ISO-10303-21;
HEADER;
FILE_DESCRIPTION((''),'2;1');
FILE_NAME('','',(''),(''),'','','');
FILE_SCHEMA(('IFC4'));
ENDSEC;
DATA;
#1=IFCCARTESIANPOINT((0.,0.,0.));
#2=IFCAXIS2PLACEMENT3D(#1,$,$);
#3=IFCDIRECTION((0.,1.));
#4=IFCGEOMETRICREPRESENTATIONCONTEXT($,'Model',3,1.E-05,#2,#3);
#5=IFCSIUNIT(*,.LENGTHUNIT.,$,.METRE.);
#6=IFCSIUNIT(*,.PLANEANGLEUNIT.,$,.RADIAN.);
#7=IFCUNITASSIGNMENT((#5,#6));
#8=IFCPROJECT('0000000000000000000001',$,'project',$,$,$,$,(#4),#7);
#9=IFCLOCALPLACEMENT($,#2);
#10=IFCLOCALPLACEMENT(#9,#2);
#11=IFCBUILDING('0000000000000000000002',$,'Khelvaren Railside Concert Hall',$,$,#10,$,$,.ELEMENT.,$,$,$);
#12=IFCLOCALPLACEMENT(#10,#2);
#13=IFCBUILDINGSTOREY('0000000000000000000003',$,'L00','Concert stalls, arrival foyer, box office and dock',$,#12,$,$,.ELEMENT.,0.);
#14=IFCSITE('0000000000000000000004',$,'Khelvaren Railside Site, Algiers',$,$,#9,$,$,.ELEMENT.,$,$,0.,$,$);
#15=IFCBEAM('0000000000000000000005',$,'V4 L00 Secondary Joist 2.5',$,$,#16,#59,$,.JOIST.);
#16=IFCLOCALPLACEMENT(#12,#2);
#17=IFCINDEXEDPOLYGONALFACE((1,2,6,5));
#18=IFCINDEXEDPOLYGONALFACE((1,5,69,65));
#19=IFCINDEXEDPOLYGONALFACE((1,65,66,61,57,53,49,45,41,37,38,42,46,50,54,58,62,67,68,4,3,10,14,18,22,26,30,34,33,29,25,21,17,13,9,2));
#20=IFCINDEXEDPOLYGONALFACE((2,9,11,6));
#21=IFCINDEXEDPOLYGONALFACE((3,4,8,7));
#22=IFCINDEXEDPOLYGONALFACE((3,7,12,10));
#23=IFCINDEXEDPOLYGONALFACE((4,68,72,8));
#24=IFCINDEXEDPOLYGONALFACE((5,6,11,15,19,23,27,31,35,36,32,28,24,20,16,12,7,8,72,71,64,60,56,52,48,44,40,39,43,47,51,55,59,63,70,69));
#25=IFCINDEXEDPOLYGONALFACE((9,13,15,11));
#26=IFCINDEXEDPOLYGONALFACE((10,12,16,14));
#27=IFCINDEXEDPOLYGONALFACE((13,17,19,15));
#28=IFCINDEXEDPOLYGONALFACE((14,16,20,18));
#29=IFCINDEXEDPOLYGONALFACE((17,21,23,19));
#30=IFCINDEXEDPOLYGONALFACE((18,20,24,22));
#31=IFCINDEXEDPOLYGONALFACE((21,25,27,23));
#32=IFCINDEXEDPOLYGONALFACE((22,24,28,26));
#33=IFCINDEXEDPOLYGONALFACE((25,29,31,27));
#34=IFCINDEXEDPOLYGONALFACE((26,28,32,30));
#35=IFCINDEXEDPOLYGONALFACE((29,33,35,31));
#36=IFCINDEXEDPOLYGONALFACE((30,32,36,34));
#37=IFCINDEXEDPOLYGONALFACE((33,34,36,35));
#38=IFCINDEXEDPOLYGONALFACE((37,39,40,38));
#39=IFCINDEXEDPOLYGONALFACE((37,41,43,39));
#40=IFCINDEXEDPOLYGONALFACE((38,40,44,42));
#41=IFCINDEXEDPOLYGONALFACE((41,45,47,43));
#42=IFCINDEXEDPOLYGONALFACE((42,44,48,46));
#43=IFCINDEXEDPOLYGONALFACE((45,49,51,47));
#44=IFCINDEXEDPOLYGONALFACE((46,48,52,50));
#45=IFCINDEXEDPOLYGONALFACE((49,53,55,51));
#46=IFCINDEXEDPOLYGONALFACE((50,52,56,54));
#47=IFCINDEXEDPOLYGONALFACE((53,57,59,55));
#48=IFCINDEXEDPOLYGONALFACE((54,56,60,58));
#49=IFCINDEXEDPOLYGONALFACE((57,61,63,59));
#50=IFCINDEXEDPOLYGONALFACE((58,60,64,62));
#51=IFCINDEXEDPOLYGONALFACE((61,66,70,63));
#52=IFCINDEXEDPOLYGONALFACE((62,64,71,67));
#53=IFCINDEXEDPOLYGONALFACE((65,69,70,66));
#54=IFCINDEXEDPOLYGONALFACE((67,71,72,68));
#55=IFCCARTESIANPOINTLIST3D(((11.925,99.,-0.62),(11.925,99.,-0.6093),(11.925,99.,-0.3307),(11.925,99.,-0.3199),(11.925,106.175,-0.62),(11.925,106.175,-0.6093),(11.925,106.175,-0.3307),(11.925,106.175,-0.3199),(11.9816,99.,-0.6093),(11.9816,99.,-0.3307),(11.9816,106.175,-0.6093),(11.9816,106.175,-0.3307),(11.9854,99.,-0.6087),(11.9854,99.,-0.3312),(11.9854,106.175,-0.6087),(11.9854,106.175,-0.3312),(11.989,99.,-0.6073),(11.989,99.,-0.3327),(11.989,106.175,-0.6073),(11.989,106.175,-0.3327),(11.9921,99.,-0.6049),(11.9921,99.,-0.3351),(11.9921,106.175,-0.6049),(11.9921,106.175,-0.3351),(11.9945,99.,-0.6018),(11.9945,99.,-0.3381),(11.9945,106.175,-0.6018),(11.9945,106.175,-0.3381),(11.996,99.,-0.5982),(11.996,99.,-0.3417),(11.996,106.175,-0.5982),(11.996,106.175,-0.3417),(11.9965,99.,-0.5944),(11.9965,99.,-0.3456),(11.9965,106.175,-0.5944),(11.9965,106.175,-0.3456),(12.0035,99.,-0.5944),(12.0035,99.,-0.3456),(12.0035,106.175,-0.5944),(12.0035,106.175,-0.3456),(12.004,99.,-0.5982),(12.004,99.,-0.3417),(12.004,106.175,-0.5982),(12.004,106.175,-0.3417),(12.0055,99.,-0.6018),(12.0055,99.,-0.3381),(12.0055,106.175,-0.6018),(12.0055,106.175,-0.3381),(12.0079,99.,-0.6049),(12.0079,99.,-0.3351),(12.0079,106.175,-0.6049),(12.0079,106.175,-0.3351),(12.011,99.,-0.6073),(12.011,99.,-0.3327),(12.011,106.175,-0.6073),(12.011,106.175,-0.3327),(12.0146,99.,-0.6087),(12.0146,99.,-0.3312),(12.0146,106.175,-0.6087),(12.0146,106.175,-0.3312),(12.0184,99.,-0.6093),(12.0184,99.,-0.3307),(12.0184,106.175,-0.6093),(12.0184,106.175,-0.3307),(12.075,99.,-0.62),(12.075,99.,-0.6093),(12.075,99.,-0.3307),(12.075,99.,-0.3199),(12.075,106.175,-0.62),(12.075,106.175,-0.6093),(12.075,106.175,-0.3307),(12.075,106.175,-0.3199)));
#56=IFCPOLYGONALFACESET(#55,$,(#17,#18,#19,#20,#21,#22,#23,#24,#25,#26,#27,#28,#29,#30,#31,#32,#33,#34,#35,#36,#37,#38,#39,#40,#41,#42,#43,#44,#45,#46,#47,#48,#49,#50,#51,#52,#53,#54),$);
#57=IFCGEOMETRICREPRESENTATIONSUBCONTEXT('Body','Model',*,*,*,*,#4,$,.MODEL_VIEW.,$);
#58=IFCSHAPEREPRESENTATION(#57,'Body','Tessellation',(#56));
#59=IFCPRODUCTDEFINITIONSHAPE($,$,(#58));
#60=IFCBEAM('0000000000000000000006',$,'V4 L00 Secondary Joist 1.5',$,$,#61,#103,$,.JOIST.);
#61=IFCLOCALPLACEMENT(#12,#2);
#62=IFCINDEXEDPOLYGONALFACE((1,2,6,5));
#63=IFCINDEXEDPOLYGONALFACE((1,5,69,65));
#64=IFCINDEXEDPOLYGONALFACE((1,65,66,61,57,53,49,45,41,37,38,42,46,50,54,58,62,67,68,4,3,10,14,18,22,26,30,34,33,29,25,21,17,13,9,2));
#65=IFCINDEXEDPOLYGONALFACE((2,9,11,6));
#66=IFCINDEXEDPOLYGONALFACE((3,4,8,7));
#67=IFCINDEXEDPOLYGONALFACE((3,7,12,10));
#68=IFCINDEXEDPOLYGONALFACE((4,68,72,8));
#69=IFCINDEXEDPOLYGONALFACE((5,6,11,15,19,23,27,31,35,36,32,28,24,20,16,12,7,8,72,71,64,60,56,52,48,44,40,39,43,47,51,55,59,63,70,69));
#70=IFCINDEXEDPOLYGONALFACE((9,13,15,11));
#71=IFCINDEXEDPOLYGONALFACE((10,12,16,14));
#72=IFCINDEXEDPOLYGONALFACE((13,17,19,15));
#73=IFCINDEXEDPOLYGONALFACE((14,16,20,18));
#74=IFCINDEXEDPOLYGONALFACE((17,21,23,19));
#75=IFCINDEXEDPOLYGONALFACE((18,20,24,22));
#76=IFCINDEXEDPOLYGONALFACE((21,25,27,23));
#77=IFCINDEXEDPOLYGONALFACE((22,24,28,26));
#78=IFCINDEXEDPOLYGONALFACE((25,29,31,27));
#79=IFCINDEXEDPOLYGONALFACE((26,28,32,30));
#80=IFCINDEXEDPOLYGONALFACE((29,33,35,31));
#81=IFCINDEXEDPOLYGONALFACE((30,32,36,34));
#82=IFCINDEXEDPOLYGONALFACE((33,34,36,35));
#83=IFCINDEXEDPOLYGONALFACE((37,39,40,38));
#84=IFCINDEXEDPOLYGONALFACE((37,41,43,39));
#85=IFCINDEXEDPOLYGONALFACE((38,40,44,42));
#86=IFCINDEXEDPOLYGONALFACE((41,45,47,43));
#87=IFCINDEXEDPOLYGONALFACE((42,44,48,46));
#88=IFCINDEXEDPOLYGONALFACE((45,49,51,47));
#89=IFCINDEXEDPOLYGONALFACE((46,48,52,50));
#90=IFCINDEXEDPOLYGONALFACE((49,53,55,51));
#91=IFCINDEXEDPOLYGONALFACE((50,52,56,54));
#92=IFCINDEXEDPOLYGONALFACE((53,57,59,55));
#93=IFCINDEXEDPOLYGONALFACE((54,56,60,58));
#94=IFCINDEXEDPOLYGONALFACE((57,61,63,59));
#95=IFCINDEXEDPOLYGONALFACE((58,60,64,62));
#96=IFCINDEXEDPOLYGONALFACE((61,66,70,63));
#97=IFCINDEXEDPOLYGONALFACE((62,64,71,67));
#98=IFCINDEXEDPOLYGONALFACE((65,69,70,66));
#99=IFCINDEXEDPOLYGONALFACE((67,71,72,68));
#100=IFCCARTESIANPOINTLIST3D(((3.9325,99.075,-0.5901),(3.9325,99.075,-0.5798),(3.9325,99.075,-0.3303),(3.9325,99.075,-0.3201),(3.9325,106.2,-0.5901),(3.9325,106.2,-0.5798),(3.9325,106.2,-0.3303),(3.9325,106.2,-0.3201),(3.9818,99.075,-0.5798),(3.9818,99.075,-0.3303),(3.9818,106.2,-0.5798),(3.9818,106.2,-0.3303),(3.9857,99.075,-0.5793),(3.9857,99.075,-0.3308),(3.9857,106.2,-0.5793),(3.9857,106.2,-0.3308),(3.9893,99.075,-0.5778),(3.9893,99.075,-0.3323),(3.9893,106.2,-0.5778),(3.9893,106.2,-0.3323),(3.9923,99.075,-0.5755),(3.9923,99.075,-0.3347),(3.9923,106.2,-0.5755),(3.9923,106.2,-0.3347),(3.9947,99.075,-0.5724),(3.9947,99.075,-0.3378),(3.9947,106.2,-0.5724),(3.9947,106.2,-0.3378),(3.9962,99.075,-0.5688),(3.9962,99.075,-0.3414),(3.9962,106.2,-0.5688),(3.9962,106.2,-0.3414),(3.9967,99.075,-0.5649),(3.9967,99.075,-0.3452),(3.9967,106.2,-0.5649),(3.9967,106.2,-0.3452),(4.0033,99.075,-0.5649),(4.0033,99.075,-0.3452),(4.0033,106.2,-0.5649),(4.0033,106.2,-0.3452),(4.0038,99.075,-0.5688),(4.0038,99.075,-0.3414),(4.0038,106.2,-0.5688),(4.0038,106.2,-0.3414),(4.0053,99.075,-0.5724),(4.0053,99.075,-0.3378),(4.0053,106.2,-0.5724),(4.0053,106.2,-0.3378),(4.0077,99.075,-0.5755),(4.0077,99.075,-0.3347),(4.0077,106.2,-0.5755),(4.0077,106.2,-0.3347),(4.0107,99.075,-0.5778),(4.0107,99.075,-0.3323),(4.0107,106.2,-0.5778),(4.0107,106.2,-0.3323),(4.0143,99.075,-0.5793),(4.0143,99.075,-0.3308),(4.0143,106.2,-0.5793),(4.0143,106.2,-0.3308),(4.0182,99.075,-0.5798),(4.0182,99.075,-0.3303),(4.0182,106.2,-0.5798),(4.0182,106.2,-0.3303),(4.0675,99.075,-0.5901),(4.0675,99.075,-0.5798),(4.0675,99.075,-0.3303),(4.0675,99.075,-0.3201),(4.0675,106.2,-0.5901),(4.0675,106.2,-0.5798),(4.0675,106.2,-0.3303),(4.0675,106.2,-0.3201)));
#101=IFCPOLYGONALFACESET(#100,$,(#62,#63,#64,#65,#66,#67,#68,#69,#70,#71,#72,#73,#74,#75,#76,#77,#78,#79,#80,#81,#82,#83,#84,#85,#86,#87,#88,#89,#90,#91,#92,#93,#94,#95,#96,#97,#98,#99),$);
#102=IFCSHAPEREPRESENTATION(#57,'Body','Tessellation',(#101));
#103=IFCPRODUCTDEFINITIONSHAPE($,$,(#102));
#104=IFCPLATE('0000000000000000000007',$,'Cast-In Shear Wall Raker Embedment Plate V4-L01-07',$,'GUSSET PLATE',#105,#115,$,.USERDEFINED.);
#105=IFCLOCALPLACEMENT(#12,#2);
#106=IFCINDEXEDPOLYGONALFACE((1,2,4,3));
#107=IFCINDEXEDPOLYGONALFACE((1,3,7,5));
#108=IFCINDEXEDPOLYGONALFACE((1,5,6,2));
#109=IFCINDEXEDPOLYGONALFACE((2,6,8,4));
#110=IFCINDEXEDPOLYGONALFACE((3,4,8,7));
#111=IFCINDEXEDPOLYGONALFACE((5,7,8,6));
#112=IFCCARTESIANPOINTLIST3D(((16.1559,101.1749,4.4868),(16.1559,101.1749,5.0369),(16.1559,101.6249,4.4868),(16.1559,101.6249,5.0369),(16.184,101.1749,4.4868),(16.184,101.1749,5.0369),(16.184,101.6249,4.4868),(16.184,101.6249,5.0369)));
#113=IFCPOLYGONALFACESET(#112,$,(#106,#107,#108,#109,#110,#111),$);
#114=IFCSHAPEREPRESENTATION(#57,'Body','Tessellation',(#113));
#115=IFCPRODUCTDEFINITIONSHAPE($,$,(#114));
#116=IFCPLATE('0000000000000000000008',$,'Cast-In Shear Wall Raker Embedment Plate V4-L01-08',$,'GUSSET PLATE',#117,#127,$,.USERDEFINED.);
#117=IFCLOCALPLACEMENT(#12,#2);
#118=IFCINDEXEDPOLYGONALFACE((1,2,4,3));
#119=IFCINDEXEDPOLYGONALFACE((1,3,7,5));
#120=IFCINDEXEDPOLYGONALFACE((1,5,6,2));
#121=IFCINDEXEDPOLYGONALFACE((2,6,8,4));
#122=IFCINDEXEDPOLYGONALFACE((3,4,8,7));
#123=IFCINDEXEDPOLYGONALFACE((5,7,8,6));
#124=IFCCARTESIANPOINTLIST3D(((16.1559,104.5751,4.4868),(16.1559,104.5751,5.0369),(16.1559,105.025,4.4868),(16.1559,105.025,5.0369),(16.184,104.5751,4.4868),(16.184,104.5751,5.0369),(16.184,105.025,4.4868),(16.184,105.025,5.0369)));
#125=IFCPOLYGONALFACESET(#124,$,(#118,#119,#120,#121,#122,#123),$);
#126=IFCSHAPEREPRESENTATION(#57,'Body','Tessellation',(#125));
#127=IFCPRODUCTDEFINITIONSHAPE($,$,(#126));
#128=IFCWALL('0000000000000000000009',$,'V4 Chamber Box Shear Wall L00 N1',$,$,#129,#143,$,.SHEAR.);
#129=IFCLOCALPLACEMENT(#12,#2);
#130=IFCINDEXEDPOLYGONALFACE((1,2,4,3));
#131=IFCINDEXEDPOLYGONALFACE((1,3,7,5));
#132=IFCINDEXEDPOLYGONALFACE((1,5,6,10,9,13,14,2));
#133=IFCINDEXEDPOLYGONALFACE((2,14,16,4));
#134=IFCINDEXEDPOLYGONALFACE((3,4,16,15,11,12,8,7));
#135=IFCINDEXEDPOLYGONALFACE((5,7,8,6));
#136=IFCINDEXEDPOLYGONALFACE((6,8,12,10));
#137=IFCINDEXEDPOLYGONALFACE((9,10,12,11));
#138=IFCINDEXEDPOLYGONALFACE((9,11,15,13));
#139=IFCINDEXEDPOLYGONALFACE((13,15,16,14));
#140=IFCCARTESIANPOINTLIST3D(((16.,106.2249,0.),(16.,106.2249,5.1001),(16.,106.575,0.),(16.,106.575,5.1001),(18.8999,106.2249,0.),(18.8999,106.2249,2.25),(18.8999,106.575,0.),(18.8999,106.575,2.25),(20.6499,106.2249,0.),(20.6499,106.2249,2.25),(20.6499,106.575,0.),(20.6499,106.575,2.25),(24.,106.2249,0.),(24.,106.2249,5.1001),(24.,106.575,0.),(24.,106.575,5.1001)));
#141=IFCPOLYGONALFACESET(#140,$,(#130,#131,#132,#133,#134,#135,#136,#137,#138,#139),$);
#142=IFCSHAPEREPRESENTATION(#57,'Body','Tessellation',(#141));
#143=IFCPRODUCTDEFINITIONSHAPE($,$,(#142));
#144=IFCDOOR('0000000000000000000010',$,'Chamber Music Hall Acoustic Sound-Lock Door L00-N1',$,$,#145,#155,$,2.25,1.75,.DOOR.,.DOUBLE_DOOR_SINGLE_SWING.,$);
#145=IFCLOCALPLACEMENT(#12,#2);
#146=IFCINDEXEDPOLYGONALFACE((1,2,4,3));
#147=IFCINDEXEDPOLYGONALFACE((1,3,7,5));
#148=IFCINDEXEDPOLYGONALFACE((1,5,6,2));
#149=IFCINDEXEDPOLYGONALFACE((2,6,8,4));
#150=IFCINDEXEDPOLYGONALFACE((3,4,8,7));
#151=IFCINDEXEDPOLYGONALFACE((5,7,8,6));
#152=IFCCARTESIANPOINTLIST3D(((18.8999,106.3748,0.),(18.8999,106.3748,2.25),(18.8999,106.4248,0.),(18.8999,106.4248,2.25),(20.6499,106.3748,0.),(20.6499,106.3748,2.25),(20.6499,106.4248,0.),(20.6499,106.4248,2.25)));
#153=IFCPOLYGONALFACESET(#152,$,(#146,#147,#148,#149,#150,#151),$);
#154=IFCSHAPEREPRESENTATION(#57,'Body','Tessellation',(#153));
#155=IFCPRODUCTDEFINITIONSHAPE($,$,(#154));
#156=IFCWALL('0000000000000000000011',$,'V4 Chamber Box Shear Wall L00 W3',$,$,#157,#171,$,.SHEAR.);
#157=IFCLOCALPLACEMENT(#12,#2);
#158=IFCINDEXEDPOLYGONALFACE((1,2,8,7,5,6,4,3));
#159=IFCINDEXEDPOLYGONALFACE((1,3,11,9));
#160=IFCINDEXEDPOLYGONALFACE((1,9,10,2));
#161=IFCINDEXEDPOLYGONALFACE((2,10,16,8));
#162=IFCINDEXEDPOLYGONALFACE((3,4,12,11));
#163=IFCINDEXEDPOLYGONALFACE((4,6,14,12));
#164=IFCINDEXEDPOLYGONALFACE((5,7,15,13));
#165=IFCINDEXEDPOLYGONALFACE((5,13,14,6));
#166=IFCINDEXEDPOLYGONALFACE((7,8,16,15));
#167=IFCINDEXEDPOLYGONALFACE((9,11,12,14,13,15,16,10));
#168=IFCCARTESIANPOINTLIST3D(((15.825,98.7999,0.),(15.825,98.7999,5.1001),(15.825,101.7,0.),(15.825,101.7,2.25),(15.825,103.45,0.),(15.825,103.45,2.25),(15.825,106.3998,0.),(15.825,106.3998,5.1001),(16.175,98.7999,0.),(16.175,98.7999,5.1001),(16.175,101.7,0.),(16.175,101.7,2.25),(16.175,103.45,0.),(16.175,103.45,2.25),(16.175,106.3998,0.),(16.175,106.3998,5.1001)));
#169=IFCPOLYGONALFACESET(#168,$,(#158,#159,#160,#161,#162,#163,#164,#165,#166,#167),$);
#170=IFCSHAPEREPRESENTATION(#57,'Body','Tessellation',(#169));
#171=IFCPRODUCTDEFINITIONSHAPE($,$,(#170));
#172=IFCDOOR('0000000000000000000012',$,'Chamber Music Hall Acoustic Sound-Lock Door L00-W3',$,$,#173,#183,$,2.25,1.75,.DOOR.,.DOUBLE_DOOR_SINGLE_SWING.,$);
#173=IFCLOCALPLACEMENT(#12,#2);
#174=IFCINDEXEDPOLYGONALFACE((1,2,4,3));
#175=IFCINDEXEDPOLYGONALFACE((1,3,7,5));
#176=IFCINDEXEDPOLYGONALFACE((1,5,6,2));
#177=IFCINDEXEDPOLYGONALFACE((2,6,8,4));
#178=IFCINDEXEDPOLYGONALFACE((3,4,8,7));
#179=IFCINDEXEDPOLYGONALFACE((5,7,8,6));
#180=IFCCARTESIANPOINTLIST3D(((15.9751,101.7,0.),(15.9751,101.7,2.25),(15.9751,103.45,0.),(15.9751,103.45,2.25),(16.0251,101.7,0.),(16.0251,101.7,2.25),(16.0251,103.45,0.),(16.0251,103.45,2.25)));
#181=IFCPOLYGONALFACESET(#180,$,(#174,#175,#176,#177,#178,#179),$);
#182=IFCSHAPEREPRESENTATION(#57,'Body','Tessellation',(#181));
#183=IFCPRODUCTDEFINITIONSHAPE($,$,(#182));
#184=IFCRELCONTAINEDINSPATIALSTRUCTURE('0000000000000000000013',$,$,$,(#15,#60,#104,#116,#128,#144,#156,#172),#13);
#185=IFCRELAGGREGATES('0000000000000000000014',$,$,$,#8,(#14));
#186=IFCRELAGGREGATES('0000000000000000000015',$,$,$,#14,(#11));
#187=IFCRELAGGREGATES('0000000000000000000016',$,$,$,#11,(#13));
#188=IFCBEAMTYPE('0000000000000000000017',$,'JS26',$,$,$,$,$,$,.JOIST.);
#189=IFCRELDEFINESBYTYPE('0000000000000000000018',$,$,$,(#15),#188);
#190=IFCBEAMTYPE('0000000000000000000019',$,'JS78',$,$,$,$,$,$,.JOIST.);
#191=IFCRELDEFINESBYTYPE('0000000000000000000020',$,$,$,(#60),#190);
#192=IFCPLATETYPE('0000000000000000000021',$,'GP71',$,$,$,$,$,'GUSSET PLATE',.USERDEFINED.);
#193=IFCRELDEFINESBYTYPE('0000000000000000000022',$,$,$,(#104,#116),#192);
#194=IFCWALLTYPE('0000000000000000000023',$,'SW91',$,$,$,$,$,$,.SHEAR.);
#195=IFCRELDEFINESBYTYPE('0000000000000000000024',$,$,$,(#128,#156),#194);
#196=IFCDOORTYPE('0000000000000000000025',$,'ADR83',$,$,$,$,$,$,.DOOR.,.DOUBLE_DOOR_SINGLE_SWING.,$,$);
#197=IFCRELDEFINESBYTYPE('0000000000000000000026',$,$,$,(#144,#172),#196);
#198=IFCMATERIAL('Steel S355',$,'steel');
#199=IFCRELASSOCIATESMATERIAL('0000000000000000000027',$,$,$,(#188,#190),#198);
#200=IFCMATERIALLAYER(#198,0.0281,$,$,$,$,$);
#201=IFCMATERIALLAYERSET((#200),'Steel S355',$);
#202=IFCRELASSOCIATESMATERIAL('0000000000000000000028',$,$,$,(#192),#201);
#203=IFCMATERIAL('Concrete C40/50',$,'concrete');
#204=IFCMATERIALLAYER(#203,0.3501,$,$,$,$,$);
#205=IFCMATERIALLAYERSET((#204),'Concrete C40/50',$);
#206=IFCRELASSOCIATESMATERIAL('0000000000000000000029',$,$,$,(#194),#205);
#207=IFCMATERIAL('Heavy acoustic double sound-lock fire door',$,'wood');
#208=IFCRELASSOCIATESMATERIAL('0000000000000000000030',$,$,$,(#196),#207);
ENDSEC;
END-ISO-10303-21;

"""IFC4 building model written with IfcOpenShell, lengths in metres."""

from ifc_helpers import new_model, si_unit, direction, frame, frame_2d, origin, origin_2d, place, context, subcontext, project, spatial, rectangle, i_section, extrude, material, layer, layer_set, material_profile, profile_set, type_object, element, fill, save


model = new_model("IFC4")

# Units and contexts
model_context = context("Model", 3, precision=1e-05, world=origin(), true_north=direction((0.0, 1.0)))
body_context = subcontext(model_context, "Body", "Model", "MODEL_VIEW")
ifc_project = project(units=[si_unit("LENGTHUNIT", "METRE"), si_unit("PLANEANGLEUNIT", "RADIAN")], contexts=[model_context])

# Site, building, storey
site_placement = place(None, origin())
site = spatial("IfcSite", under=ifc_project, at=site_placement, Name="Khelvaren Railside Site, Algiers", CompositionType="ELEMENT", RefElevation=0.0)
building_placement = place(site_placement, origin())
building = spatial("IfcBuilding", under=site, at=building_placement, Name="Khelvaren Railside Concert Hall", CompositionType="ELEMENT")
storey_placement = place(building_placement, origin())
storey = spatial("IfcBuildingStorey", under=building, at=storey_placement, Name="L00", Description="Concert stalls, arrival foyer, box office and dock", CompositionType="ELEMENT", Elevation=0.0)

# Shared definitions
ifc_material_1 = material(Name="Steel S355", Category="steel")
ifc_material_2 = material(Name="Concrete C40/50", Category="concrete")

# Beams
ifc_material_profile_1 = material_profile(ifc_material_1, i_section(OverallWidth=0.1499, OverallDepth=0.3, WebThickness=0.0071, FlangeThickness=0.0107, FilletRadius=0.0149, at=origin_2d()), Name="IPE 300")
ifc_profile_set_1 = profile_set([ifc_material_profile_1], Name="Steel S355")
beam_type_1 = type_object("IfcBeamType", Name="JS26", PredefinedType="JOIST", material=ifc_profile_set_1)
beam_1_placement = place(storey_placement, frame((12.0, 99.0, -0.47), z_axis=(0.0, 1.0, 0.0), x_axis=(-1.0, 0.0, 0.0)))
element("IfcBeam", 1, at=beam_1_placement, inside=storey, type_object=beam_type_1, Name="V4 L00 Secondary Joist 2.5", PredefinedType="JOIST", context=body_context, shape_type="SweptSolid", body=[
    extrude(i_section(OverallWidth=0.1499, OverallDepth=0.3, WebThickness=0.0071, FlangeThickness=0.0107, FilletRadius=0.0149, at=origin_2d()), origin(), (0.0, 0.0, 1.0), 7.175),
])
ifc_material_profile_2 = material_profile(ifc_material_1, i_section(OverallWidth=0.135, OverallDepth=0.27, WebThickness=0.0066, FlangeThickness=0.0103, FilletRadius=0.0149, at=origin_2d()), Name="IPE 270")
ifc_profile_set_2 = profile_set([ifc_material_profile_2], Name="Steel S355")
beam_type_2 = type_object("IfcBeamType", Name="JS78", PredefinedType="JOIST", material=ifc_profile_set_2)
beam_2_placement = place(storey_placement, frame((4.0, 99.075, -0.4551), z_axis=(0.0, 1.0, 0.0), x_axis=(-1.0, 0.0, 0.0)))
element("IfcBeam", 2, at=beam_2_placement, inside=storey, type_object=beam_type_2, Name="V4 L00 Secondary Joist 1.5", PredefinedType="JOIST", context=body_context, shape_type="SweptSolid", body=[
    extrude(i_section(OverallWidth=0.135, OverallDepth=0.27, WebThickness=0.0066, FlangeThickness=0.0103, FilletRadius=0.0149, at=origin_2d()), origin(), (0.0, 0.0, 1.0), 7.125),
])

# Plates
ifc_layer_1 = layer(ifc_material_1, 0.0281)
ifc_layer_set_1 = layer_set([ifc_layer_1], Name="Steel S355")
plate_type = type_object("IfcPlateType", Name="GP71", ElementType="GUSSET PLATE", PredefinedType="USERDEFINED", material=ifc_layer_set_1)
for number, where, z_axis, x_axis, name in (
    (3, (16.1699, 101.3999, 4.4868), (0.0, 0.0, 1.0), (1.0, 0.0, 0.0), "Cast-In Shear Wall Raker Embedment Plate V4-L01-07"),
    (4, (16.1699, 104.8, 4.4868), (0.0, 0.0, 1.0), (1.0, 0.0, 0.0), "Cast-In Shear Wall Raker Embedment Plate V4-L01-08"),
):
    element("IfcPlate", number, at=place(storey_placement, frame(where, z_axis=z_axis, x_axis=x_axis)), inside=storey, type_object=plate_type, Name=name, ObjectType="GUSSET PLATE", PredefinedType="USERDEFINED", context=body_context, shape_type="SweptSolid", body=[
        extrude(rectangle(XDim=0.0281, YDim=0.45, at=origin_2d()), origin(), (0.0, 0.0, 1.0), 0.55),
    ])

# Walls, openings, doors
ifc_layer_2 = layer(ifc_material_2, 0.3501)
ifc_layer_set_2 = layer_set([ifc_layer_2], Name="Concrete C40/50")
wall_type = type_object("IfcWallType", Name="SW91", PredefinedType="SHEAR", material=ifc_layer_set_2)
wall_1_placement = place(storey_placement, frame((16.0, 106.3999, 0.0), z_axis=(0.0, 0.0, 1.0), x_axis=(1.0, 0.0, 0.0)))
wall_1 = element("IfcWall", 5, at=wall_1_placement, inside=storey, type_object=wall_type, Name="V4 Chamber Box Shear Wall L00 N1", PredefinedType="SHEAR", context=body_context, shape_type="SweptSolid", body=[
    extrude(rectangle(XDim=8.0, YDim=0.3501, at=frame_2d((4.0, 0.0))), origin(), (0.0, 0.0, 1.0), 5.1001),
])
opening_1_placement = place(wall_1_placement, frame((2.8999, 0.0, 0.0)))
opening_1 = element("IfcOpeningElement", 6, at=opening_1_placement, cuts=wall_1, PredefinedType="OPENING", context=body_context, shape_type="SweptSolid", body=[
    extrude(rectangle(XDim=1.75, YDim=2.25, at=frame_2d((0.875, 1.125))), frame((0.0, 0.1851, 0.0), z_axis=(0.0, -1.0, 0.0), x_axis=(1.0, 0.0, 0.0)), (0.0, 0.0, 1.0), 0.3701),
])
ifc_material_3 = material(Name="Heavy acoustic double sound-lock fire door", Category="wood")
door_type = type_object("IfcDoorType", Name="ADR83", OperationType="DOUBLE_DOOR_SINGLE_SWING", PredefinedType="DOOR", material=ifc_material_3)
door_1_placement = place(opening_1_placement, origin())
door_1 = element("IfcDoor", 7, at=door_1_placement, inside=storey, type_object=door_type, Name="Chamber Music Hall Acoustic Sound-Lock Door L00-N1", OperationType="DOUBLE_DOOR_SINGLE_SWING", OverallHeight=2.25, OverallWidth=1.75, PredefinedType="DOOR", context=body_context, shape_type="SweptSolid", body=[
    extrude(rectangle(XDim=1.75, YDim=2.25, at=frame_2d((0.875, 1.125))), frame((0.0, 0.0249, 0.0), z_axis=(0.0, -1.0, 0.0), x_axis=(1.0, 0.0, 0.0)), (0.0, 0.0, 1.0), 0.05),
])
fill(opening_1, door_1)
wall_2_placement = place(storey_placement, frame((16.0, 98.8, 0.0), z_axis=(0.0, 0.0, 1.0), x_axis=(0.0, 1.0, 0.0)))
wall_2 = element("IfcWall", 8, at=wall_2_placement, inside=storey, type_object=wall_type, Name="V4 Chamber Box Shear Wall L00 W3", PredefinedType="SHEAR", context=body_context, shape_type="SweptSolid", body=[
    extrude(rectangle(XDim=7.5999, YDim=0.3501, at=frame_2d((3.7998, 0.0))), origin(), (0.0, 0.0, 1.0), 5.1001),
])
opening_2_placement = place(wall_2_placement, frame((2.8999, 0.0, 0.0)))
opening_2 = element("IfcOpeningElement", 9, at=opening_2_placement, cuts=wall_2, PredefinedType="OPENING", context=body_context, shape_type="SweptSolid", body=[
    extrude(rectangle(XDim=1.75, YDim=2.25, at=frame_2d((0.875, 1.125))), frame((0.0, 0.1851, 0.0), z_axis=(0.0, -1.0, 0.0), x_axis=(1.0, 0.0, 0.0)), (0.0, 0.0, 1.0), 0.3701),
])
door_2_placement = place(opening_2_placement, origin())
door_2 = element("IfcDoor", 10, at=door_2_placement, inside=storey, type_object=door_type, Name="Chamber Music Hall Acoustic Sound-Lock Door L00-W3", OperationType="DOUBLE_DOOR_SINGLE_SWING", OverallHeight=2.25, OverallWidth=1.75, PredefinedType="DOOR", context=body_context, shape_type="SweptSolid", body=[
    extrude(rectangle(XDim=1.75, YDim=2.25, at=frame_2d((0.875, 1.125))), frame((0.0, 0.0249, 0.0), z_axis=(0.0, -1.0, 0.0), x_axis=(1.0, 0.0, 0.0)), (0.0, 0.0, 1.0), 0.05),
])
fill(opening_2, door_2)

save(model, "model.ifc")
